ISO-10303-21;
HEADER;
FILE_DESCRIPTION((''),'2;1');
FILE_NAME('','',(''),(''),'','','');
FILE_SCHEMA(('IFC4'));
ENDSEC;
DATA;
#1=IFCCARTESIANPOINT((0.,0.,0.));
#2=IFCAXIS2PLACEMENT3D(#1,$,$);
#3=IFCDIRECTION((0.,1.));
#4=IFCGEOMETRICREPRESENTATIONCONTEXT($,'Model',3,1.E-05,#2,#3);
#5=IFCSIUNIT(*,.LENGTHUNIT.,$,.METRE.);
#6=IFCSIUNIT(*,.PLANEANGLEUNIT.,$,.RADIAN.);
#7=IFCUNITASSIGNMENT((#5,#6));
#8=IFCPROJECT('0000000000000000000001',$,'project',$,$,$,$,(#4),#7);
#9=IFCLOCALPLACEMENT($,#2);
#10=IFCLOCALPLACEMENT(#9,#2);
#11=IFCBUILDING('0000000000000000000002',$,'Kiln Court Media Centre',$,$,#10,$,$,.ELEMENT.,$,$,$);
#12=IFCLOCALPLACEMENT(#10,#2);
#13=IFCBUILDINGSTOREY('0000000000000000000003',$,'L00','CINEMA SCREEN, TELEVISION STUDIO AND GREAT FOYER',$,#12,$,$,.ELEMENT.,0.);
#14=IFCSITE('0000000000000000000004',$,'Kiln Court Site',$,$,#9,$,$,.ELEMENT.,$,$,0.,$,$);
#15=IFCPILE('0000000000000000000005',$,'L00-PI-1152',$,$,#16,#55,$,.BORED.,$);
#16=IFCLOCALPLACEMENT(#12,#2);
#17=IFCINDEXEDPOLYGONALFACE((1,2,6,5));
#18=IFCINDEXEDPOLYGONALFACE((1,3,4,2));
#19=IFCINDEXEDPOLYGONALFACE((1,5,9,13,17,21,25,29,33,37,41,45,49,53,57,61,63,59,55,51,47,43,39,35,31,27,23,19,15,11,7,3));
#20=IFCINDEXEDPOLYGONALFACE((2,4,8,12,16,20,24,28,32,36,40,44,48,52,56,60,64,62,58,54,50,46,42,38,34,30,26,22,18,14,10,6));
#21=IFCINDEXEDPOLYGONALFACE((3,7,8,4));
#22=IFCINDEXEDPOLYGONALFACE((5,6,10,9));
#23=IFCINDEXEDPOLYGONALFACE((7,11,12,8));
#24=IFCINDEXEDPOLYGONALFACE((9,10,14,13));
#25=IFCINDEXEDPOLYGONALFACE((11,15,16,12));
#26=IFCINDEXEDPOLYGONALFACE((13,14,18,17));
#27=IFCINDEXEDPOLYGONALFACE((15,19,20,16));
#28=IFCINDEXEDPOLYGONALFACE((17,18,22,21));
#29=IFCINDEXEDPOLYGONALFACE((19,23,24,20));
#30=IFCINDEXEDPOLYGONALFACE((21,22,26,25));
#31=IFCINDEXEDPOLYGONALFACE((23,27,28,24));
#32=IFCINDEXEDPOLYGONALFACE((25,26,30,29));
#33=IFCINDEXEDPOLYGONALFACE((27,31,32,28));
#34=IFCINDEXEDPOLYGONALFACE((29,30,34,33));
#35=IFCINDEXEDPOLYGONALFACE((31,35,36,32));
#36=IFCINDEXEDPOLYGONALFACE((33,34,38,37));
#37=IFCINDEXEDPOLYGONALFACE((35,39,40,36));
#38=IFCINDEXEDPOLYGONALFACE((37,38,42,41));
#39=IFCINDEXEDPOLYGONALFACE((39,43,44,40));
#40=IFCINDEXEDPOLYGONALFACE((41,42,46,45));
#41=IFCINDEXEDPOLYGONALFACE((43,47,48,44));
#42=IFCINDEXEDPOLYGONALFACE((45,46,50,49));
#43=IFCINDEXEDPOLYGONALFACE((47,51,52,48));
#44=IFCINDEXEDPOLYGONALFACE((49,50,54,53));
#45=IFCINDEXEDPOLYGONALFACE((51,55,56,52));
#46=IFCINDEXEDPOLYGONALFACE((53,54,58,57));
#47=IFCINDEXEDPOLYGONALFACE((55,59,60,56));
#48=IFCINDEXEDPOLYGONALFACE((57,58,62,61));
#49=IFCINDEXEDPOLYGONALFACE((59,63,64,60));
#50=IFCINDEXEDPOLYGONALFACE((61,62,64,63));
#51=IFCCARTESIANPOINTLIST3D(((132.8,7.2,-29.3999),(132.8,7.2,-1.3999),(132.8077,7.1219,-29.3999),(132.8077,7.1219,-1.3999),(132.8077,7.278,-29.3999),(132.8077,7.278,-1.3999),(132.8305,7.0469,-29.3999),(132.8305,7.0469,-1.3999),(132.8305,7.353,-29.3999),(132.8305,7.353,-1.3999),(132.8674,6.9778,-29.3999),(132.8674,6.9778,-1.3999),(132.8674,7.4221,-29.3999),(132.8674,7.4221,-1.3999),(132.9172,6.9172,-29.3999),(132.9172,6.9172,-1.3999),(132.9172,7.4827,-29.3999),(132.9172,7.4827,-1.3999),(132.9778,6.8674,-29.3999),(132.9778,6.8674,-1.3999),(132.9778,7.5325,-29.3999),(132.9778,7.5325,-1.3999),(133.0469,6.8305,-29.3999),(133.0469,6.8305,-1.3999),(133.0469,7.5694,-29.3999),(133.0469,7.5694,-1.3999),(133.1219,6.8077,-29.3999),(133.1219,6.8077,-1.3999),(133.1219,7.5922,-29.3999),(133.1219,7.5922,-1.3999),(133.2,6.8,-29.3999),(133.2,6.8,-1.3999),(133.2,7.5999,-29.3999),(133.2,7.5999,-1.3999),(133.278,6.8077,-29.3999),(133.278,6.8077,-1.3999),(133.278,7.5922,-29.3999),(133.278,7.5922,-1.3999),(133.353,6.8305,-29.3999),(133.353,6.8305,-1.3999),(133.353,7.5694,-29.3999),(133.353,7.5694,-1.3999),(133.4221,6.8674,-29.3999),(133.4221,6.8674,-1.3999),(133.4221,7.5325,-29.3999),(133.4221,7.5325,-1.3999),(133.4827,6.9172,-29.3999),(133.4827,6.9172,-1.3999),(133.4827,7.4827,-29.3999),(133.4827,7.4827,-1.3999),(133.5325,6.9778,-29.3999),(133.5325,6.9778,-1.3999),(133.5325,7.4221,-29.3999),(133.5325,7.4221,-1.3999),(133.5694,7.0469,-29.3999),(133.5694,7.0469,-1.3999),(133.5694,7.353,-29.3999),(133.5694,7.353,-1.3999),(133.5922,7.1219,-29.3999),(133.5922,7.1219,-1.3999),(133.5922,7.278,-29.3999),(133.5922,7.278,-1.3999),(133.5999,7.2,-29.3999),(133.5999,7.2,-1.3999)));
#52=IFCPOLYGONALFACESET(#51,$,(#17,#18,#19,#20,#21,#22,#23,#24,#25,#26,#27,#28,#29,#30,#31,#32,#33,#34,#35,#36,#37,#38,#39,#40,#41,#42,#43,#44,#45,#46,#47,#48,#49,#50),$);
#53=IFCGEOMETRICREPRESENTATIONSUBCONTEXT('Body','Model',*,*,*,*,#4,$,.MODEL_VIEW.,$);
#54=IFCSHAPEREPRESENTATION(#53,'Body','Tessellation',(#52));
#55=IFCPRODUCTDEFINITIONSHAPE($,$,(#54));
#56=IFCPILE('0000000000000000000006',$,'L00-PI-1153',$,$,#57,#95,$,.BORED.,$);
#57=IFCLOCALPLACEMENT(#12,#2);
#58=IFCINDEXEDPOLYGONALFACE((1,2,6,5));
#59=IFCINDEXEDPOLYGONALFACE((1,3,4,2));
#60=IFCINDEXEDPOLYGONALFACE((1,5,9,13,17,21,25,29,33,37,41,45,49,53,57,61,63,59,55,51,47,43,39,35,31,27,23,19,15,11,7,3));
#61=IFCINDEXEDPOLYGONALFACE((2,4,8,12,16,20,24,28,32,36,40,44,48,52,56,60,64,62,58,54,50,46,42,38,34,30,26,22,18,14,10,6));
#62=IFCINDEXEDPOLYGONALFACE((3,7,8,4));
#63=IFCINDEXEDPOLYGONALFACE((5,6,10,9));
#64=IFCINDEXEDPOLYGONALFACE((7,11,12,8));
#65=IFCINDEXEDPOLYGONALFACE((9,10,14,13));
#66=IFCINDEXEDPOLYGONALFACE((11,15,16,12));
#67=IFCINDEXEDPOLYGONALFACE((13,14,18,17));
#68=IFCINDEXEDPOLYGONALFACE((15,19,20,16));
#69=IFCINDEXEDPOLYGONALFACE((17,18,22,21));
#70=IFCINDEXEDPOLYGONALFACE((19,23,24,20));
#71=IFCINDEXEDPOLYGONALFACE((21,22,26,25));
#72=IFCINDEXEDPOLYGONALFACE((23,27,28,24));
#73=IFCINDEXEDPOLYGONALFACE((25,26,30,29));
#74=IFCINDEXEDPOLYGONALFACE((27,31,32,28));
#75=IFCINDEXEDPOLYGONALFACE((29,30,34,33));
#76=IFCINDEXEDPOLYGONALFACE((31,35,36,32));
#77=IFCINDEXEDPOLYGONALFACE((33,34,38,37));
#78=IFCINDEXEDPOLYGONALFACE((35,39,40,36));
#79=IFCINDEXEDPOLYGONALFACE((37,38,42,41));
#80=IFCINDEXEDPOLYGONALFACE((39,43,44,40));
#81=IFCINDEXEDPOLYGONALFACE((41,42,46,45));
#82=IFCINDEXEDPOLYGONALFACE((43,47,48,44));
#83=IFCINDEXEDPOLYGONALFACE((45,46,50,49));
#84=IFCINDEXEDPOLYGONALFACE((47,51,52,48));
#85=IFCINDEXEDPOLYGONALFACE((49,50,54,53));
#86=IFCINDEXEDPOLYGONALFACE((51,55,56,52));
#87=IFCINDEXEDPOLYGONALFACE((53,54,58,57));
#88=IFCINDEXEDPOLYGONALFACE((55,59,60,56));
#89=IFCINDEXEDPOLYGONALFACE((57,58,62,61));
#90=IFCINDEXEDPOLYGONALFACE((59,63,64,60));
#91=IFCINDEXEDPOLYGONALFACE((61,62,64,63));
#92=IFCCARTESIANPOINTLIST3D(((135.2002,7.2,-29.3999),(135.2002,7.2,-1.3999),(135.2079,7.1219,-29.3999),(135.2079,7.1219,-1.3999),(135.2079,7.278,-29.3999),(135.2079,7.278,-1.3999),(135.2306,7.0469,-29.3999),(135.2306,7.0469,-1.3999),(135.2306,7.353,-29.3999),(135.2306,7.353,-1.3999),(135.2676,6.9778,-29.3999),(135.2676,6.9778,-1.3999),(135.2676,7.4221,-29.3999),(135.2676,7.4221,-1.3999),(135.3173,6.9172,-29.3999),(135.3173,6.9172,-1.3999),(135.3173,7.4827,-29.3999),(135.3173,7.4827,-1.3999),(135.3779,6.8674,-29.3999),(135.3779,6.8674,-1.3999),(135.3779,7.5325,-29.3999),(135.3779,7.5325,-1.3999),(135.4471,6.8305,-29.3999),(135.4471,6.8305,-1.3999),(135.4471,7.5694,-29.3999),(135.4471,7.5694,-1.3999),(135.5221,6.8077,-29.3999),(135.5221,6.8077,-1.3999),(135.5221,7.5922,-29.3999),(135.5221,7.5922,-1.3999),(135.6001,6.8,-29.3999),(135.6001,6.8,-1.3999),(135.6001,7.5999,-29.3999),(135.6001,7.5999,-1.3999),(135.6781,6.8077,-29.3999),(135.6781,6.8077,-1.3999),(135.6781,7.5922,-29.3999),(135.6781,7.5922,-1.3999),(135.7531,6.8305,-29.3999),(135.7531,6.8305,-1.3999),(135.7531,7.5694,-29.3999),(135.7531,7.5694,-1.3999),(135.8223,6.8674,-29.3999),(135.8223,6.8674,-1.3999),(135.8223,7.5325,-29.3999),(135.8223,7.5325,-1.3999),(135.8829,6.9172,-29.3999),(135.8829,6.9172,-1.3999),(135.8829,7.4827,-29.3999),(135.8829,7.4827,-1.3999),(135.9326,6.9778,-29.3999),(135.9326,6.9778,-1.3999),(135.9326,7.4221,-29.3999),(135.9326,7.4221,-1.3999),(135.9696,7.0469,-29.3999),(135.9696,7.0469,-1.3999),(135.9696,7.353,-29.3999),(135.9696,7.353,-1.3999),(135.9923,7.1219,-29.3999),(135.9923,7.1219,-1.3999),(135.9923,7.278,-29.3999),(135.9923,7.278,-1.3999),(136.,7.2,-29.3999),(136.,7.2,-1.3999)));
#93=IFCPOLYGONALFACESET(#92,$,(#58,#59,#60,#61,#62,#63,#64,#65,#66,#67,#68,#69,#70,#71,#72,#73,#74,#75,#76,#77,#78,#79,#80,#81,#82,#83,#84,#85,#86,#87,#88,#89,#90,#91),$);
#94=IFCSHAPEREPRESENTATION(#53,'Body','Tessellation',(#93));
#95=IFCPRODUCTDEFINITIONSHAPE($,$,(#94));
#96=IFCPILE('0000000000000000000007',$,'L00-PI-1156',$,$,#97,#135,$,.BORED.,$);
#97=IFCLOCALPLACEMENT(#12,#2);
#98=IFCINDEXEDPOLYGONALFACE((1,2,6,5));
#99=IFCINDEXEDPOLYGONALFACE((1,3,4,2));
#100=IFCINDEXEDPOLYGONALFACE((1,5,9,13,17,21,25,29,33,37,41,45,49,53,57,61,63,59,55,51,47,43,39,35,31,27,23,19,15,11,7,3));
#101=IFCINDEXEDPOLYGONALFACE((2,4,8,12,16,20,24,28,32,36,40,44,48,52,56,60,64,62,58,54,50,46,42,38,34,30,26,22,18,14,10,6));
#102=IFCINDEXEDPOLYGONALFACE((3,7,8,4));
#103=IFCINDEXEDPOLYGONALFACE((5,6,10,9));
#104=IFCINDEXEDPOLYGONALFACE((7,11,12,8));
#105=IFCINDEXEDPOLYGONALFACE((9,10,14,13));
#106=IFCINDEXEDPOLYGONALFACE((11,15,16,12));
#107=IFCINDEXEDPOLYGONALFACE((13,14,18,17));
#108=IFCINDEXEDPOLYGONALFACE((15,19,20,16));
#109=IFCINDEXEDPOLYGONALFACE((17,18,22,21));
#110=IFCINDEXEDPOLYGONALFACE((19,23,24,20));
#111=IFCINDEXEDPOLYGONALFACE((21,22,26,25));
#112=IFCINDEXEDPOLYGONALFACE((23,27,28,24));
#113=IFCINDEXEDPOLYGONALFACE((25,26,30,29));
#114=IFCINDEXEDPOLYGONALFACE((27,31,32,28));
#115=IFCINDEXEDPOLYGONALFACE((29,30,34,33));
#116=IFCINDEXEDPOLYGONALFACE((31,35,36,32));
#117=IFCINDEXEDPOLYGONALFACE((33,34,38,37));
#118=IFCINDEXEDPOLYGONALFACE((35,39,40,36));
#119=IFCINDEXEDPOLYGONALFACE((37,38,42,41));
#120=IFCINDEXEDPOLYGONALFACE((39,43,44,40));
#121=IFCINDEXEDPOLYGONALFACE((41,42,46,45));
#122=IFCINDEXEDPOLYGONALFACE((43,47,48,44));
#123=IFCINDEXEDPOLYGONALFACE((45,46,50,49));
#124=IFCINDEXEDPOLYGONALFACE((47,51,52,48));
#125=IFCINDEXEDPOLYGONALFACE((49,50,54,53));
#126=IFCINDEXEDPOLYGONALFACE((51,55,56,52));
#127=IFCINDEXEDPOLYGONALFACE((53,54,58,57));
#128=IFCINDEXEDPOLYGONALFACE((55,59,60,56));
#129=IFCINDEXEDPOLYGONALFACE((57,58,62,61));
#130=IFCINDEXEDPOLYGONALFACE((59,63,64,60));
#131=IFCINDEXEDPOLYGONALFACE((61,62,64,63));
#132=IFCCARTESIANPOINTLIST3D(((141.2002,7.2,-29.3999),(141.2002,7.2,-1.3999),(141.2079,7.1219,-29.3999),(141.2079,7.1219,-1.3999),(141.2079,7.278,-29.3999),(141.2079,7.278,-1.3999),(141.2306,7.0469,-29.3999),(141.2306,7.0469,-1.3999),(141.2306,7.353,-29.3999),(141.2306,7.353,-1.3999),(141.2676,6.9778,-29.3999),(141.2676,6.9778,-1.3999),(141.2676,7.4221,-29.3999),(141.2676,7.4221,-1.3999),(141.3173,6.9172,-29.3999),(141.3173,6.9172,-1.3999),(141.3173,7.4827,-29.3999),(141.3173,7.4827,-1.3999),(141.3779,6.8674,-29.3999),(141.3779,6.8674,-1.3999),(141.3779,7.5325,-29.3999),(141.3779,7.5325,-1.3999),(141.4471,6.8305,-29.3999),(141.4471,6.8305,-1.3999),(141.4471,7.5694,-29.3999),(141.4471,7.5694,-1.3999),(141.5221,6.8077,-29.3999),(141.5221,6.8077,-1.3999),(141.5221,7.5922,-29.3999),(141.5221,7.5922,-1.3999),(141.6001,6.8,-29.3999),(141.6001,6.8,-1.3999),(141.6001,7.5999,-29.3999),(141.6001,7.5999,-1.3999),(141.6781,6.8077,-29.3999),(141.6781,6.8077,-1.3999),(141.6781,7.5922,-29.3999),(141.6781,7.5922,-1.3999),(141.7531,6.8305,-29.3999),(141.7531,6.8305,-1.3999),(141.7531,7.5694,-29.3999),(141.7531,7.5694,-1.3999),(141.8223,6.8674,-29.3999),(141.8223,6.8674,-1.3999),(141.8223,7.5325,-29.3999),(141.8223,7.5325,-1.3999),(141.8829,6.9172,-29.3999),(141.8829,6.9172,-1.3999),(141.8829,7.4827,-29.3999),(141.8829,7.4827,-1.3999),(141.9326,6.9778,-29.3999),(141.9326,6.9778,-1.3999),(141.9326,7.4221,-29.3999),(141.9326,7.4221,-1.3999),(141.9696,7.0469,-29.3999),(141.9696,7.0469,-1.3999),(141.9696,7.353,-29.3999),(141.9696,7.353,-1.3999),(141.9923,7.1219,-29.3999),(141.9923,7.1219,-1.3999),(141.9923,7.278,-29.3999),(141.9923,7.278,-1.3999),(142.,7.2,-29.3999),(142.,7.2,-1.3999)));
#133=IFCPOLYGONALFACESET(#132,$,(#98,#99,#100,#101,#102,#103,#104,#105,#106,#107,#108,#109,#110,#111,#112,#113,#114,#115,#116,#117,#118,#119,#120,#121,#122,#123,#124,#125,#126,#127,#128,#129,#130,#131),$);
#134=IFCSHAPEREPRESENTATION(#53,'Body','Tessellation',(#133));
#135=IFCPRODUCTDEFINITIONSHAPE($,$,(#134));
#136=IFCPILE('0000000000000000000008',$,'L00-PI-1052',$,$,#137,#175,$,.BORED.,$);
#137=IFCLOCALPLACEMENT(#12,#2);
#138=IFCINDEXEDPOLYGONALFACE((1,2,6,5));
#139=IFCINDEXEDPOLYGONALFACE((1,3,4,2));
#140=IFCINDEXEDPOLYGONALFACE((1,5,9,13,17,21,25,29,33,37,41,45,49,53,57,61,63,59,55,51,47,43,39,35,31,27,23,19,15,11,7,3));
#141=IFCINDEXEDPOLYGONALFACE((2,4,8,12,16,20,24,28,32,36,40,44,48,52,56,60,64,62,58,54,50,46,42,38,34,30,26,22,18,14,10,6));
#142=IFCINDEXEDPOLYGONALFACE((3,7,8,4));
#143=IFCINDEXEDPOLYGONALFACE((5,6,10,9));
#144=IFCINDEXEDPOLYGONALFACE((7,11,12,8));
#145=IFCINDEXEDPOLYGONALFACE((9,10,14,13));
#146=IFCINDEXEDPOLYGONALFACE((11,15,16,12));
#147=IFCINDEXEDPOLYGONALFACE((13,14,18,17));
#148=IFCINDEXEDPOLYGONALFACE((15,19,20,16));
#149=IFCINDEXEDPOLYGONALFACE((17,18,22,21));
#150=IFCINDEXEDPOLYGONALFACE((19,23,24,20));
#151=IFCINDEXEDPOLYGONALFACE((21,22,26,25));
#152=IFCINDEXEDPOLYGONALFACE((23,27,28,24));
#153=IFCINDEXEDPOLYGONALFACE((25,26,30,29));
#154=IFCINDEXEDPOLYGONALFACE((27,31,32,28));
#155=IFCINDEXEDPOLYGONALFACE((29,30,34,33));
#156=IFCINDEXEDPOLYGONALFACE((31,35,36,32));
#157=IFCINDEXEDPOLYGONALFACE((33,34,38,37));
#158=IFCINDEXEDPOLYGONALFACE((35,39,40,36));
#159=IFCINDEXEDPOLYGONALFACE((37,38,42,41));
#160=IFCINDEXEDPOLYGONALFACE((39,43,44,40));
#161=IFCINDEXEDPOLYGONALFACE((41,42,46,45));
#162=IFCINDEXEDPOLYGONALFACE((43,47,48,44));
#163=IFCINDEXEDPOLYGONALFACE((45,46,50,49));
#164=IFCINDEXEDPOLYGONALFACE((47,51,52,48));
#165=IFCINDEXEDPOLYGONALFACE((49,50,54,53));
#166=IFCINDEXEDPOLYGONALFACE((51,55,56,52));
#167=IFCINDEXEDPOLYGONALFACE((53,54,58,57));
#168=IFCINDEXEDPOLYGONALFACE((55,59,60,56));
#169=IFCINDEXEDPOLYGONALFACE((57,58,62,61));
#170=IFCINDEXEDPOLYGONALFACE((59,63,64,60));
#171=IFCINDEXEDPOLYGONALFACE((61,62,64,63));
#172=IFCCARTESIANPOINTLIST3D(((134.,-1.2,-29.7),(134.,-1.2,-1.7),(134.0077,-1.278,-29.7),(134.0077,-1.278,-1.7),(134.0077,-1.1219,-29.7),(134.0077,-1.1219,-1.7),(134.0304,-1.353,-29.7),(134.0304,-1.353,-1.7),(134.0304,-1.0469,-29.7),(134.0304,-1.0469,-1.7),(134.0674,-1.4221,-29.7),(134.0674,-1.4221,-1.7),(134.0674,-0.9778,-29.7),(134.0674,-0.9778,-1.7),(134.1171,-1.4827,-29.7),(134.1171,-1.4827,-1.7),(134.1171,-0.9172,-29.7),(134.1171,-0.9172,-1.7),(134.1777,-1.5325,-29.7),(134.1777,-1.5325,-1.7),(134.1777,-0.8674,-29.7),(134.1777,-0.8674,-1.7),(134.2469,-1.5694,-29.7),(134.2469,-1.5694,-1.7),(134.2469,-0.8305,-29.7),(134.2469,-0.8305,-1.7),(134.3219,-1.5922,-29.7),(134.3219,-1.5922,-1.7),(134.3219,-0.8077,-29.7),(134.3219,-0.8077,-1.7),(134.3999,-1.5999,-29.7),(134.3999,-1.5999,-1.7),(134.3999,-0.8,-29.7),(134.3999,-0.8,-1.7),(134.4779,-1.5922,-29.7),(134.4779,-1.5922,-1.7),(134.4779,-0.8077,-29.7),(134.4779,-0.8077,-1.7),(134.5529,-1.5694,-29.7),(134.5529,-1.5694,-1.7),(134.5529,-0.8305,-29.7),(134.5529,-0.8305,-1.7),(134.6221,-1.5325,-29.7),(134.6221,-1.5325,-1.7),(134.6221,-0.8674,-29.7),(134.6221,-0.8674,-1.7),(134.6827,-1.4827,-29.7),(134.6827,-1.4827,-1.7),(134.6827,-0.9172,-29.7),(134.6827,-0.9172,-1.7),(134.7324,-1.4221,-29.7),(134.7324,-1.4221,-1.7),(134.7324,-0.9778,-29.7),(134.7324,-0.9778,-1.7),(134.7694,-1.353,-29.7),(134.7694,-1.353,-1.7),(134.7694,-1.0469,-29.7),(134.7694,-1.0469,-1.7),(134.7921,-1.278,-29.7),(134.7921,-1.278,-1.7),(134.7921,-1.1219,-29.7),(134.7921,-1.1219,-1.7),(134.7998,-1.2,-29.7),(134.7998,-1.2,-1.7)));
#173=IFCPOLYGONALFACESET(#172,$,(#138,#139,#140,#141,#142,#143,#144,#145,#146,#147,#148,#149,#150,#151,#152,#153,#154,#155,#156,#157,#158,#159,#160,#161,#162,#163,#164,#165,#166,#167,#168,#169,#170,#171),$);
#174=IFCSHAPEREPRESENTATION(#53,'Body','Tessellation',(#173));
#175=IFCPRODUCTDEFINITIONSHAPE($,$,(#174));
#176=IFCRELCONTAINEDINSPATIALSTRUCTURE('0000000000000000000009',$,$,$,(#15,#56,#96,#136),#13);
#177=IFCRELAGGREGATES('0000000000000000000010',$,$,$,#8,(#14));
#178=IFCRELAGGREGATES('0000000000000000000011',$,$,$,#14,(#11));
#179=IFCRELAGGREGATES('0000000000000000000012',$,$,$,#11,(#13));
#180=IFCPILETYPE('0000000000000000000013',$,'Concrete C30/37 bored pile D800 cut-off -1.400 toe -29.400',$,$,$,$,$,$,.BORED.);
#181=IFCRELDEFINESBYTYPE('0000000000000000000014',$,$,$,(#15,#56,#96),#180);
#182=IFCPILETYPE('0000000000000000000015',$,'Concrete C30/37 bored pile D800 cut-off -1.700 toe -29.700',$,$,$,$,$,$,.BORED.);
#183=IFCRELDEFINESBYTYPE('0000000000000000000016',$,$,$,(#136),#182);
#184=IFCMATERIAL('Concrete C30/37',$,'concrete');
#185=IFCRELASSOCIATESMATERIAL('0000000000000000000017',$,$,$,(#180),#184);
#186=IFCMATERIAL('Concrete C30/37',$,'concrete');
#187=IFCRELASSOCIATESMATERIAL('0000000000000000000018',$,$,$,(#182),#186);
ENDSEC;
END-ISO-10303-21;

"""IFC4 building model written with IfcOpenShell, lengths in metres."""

from ifc_helpers import new_model, si_unit, direction, frame, origin, origin_2d, place, context, subcontext, project, spatial, circle, extrude, material, material_profile, profile_set, type_object, element, save


model = new_model("IFC4")

# Units and contexts
model_context = context("Model", 3, precision=1e-05, world=origin(), true_north=direction((0.0, 1.0)))
body_context = subcontext(model_context, "Body", "Model", "MODEL_VIEW")
ifc_project = project(units=[si_unit("LENGTHUNIT", "METRE"), si_unit("PLANEANGLEUNIT", "RADIAN")], contexts=[model_context])

# Site, building, storey
site_placement = place(None, origin())
site = spatial("IfcSite", under=ifc_project, at=site_placement, Name="Kiln Court Site", CompositionType="ELEMENT", RefElevation=0.0)
building_placement = place(site_placement, origin())
building = spatial("IfcBuilding", under=site, at=building_placement, Name="Kiln Court Media Centre", CompositionType="ELEMENT")
storey_placement = place(building_placement, origin())
storey = spatial("IfcBuildingStorey", under=building, at=storey_placement, Name="L00", Description="CINEMA SCREEN, TELEVISION STUDIO AND GREAT FOYER", CompositionType="ELEMENT", Elevation=0.0)

# Piles
ifc_material_1 = material(Name="Concrete C30/37", Category="concrete")
ifc_material_profile_1 = material_profile(ifc_material_1, circle(Radius=0.3999, at=origin_2d()), Name="PILE D800")
ifc_profile_set_1 = profile_set([ifc_material_profile_1], Name="Concrete C30/37")
pile_type_1 = type_object("IfcPileType", Name="Concrete C30/37 bored pile D800 cut-off -1.400 toe -29.400", PredefinedType="BORED", material=ifc_profile_set_1)
for number, where, z_axis, x_axis, name in (
    (1, (133.2, 7.2, -1.3999), (0.0, 0.0, -1.0), (1.0, 0.0, 0.0), "L00-PI-1152"),
    (2, (135.6001, 7.2, -1.3999), (0.0, 0.0, -1.0), (1.0, 0.0, 0.0), "L00-PI-1153"),
    (3, (141.6001, 7.2, -1.3999), (0.0, 0.0, -1.0), (1.0, 0.0, 0.0), "L00-PI-1156"),
):
    element("IfcPile", number, at=place(storey_placement, frame(where, z_axis=z_axis, x_axis=x_axis)), inside=storey, type_object=pile_type_1, Name=name, PredefinedType="BORED", context=body_context, shape_type="SweptSolid", body=[
        extrude(circle(Radius=0.3999, at=origin_2d()), origin(), (0.0, 0.0, 1.0), 28.0),
    ])
ifc_material_2 = material(Name="Concrete C30/37", Category="concrete")
ifc_material_profile_2 = material_profile(ifc_material_2, circle(Radius=0.3999, at=origin_2d()), Name="PILE D800")
ifc_profile_set_2 = profile_set([ifc_material_profile_2], Name="Concrete C30/37")
pile_type_2 = type_object("IfcPileType", Name="Concrete C30/37 bored pile D800 cut-off -1.700 toe -29.700", PredefinedType="BORED", material=ifc_profile_set_2)
for number, where, z_axis, x_axis, name in (
    (4, (134.3999, -1.2, -1.7), (0.0, 0.0, -1.0), (1.0, 0.0, 0.0), "L00-PI-1052"),
):
    element("IfcPile", number, at=place(storey_placement, frame(where, z_axis=z_axis, x_axis=x_axis)), inside=storey, type_object=pile_type_2, Name=name, PredefinedType="BORED", context=body_context, shape_type="SweptSolid", body=[
        extrude(circle(Radius=0.3999, at=origin_2d()), origin(), (0.0, 0.0, 1.0), 28.0),
    ])

save(model, "model.ifc")
